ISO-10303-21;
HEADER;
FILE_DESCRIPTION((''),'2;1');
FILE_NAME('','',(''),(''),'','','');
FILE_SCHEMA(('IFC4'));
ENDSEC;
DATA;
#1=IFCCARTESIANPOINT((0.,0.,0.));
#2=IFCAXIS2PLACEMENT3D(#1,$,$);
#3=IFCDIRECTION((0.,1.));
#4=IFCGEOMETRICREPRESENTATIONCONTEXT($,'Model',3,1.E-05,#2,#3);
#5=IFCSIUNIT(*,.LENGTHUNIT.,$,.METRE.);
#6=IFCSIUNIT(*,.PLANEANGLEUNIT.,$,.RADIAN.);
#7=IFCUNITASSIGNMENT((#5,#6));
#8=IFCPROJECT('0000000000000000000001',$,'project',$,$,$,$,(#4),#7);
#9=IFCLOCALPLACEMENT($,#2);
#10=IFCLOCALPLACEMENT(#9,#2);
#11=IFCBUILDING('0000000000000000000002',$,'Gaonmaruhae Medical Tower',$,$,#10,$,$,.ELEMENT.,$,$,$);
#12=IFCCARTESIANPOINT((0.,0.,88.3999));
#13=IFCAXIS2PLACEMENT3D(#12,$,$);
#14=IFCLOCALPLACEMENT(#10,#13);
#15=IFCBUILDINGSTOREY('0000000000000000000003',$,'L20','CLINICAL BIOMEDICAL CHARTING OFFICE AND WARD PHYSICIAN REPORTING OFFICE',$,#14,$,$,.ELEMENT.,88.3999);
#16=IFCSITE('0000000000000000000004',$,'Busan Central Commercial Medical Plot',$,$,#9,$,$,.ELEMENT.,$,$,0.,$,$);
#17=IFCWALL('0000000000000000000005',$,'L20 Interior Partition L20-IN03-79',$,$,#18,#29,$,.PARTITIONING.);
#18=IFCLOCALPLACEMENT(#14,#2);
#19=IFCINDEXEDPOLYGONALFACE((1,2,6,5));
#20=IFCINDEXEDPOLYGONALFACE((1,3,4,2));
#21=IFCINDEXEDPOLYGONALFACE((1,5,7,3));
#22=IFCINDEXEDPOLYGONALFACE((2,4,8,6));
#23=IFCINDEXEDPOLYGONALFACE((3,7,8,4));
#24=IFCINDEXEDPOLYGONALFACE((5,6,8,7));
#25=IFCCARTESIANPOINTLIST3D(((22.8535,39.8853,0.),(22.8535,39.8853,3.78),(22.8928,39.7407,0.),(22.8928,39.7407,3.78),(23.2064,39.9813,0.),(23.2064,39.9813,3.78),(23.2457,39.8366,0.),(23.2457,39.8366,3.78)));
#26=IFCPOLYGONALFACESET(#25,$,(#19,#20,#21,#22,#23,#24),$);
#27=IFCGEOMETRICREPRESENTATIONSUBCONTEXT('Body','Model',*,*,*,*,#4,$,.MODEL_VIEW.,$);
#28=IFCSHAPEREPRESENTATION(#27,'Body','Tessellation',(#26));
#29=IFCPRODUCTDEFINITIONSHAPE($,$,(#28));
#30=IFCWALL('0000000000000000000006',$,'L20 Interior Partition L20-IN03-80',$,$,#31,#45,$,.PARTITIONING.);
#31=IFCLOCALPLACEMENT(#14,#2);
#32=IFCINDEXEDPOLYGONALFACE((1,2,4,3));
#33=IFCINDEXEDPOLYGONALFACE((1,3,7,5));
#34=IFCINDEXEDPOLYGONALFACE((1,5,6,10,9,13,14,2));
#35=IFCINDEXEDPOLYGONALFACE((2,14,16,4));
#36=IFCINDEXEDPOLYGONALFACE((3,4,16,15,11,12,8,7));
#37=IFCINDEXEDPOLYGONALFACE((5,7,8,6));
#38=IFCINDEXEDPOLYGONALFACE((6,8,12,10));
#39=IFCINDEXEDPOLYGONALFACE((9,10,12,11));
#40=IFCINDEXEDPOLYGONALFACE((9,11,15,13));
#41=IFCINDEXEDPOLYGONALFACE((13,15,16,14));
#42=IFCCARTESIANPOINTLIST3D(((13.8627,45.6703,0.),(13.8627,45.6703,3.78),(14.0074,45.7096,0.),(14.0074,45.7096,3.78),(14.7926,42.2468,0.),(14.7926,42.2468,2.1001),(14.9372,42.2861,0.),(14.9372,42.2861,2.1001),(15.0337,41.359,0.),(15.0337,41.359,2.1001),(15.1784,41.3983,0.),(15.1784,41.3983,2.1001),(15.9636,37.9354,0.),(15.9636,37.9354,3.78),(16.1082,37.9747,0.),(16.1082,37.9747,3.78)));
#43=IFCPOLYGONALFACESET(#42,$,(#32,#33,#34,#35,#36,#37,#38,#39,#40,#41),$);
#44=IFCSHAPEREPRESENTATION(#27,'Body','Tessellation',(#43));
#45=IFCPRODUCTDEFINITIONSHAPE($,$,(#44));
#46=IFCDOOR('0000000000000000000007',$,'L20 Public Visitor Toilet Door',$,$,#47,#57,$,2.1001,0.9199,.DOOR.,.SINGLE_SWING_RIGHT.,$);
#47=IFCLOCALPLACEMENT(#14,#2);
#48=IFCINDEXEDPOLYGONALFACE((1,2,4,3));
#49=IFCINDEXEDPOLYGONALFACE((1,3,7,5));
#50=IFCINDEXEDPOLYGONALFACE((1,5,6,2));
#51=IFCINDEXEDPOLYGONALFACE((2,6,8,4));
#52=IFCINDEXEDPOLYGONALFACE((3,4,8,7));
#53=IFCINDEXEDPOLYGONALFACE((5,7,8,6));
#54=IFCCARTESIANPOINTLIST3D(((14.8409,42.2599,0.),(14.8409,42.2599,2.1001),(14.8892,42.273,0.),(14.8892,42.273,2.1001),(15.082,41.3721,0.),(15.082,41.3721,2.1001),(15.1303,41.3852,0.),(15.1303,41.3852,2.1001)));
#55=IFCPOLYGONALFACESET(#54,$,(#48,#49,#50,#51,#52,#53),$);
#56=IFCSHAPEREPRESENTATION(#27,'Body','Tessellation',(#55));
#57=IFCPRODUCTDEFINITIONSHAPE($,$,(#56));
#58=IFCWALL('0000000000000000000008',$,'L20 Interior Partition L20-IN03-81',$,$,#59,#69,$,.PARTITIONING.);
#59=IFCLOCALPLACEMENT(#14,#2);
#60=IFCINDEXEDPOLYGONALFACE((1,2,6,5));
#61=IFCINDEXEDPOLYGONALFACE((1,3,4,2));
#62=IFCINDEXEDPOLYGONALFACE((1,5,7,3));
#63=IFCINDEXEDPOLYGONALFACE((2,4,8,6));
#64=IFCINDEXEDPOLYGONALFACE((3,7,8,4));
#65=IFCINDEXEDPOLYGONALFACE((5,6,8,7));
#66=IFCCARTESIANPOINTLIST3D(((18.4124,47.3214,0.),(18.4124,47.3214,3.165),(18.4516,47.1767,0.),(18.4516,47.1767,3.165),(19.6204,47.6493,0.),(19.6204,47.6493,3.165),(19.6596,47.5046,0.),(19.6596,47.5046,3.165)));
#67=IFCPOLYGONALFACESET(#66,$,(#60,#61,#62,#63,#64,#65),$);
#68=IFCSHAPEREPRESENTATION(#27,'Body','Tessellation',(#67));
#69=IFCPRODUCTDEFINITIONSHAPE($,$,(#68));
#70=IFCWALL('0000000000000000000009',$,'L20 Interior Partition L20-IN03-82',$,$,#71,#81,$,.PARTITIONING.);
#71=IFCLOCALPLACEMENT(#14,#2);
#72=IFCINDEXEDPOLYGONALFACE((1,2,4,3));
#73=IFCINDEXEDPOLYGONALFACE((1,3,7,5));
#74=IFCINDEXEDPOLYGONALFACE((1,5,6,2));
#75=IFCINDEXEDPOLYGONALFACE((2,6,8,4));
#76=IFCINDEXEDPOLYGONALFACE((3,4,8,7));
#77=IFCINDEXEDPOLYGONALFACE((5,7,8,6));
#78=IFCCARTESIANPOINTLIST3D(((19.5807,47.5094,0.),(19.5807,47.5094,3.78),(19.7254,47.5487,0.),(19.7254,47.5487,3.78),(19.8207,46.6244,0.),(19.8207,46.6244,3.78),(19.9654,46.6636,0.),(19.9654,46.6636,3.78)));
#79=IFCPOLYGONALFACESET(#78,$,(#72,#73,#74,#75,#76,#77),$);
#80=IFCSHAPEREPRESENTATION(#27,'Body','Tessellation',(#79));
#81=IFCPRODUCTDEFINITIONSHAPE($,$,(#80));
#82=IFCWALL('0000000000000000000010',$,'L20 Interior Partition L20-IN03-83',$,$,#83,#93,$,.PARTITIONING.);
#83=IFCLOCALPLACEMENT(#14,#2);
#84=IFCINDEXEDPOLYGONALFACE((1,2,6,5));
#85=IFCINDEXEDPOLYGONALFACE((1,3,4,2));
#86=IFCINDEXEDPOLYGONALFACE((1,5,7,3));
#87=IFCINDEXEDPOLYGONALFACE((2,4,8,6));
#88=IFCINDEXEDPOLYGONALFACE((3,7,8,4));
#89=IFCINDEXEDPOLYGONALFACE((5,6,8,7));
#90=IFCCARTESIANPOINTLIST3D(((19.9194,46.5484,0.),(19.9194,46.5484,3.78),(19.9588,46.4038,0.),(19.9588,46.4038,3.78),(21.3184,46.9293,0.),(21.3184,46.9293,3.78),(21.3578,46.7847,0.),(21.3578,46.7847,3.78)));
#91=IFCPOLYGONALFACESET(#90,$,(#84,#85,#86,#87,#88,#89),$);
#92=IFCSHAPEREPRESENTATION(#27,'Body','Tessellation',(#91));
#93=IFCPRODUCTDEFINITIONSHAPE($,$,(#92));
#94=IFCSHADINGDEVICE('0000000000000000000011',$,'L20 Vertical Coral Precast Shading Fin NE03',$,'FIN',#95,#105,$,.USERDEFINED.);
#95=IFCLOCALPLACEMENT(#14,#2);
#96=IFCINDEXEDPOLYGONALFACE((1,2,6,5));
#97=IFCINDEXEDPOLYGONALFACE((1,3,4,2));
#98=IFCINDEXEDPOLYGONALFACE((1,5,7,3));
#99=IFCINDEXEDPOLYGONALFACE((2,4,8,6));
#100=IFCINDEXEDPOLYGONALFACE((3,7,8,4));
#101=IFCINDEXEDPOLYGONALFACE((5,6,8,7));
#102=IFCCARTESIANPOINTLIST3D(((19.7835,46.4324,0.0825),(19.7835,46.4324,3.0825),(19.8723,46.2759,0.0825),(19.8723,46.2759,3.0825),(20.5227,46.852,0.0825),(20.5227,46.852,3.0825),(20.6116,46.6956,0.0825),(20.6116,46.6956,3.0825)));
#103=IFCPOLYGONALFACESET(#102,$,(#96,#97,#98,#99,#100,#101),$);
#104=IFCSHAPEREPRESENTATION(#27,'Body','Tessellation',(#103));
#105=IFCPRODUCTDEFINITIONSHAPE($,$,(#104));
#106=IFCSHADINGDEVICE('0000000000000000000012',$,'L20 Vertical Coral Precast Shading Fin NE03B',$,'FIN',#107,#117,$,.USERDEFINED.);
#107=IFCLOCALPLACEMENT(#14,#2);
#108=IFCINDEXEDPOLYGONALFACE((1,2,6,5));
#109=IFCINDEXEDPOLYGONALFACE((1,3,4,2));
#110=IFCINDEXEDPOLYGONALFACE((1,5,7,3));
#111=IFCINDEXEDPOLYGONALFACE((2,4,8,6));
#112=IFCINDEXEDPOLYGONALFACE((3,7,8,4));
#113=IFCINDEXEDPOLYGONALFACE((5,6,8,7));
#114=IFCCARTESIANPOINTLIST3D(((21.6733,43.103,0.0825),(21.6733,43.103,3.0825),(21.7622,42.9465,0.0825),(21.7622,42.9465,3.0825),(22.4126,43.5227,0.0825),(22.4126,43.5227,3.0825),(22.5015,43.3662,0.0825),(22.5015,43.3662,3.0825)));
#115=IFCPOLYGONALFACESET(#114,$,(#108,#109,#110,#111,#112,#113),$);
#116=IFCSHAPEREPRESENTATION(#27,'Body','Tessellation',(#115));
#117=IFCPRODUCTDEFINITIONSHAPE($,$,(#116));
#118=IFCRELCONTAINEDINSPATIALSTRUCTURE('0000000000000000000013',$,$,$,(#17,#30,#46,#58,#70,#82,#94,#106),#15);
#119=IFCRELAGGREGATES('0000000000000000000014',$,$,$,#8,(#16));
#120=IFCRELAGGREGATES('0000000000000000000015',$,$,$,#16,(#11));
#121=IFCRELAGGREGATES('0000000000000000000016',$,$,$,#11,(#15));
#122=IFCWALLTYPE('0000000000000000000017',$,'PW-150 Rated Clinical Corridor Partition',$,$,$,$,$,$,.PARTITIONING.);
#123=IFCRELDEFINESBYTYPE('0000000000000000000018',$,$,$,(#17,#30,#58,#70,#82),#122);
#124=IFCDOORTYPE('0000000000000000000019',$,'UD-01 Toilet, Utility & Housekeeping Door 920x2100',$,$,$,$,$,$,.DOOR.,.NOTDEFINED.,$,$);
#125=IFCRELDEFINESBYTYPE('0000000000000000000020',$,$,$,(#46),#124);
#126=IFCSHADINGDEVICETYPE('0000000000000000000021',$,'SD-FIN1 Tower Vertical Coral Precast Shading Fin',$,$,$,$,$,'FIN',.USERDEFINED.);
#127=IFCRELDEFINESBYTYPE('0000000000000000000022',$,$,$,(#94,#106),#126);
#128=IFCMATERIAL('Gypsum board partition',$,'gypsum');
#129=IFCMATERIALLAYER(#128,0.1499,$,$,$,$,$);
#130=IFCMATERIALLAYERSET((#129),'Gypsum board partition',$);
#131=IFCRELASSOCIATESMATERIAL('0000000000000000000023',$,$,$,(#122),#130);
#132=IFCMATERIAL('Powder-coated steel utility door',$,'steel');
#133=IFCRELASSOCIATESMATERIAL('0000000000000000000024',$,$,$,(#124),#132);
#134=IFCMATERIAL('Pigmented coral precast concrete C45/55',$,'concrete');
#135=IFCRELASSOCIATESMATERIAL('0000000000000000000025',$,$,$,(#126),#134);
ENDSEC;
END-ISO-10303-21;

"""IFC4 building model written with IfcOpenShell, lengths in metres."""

from ifc_helpers import new_model, si_unit, direction, frame, frame_2d, origin, origin_2d, place, context, subcontext, project, spatial, rectangle, extrude, material, layer, layer_set, type_object, element, fill, save


model = new_model("IFC4")

# Units and contexts
model_context = context("Model", 3, precision=1e-05, world=origin(), true_north=direction((0.0, 1.0)))
body_context = subcontext(model_context, "Body", "Model", "MODEL_VIEW")
ifc_project = project(units=[si_unit("LENGTHUNIT", "METRE"), si_unit("PLANEANGLEUNIT", "RADIAN")], contexts=[model_context])

# Site, building, storey
site_placement = place(None, origin())
site = spatial("IfcSite", under=ifc_project, at=site_placement, Name="Busan Central Commercial Medical Plot", CompositionType="ELEMENT", RefElevation=0.0)
building_placement = place(site_placement, origin())
building = spatial("IfcBuilding", under=site, at=building_placement, Name="Gaonmaruhae Medical Tower", CompositionType="ELEMENT")
storey_placement = place(building_placement, frame((0.0, 0.0, 88.3999)))
storey = spatial("IfcBuildingStorey", under=building, at=storey_placement, Name="L20", Description="CLINICAL BIOMEDICAL CHARTING OFFICE AND WARD PHYSICIAN REPORTING OFFICE", CompositionType="ELEMENT", Elevation=88.3999)

# Shared definitions
ifc_material_1 = material(Name="Gypsum board partition", Category="gypsum")
ifc_layer_1 = layer(ifc_material_1, 0.1499)
ifc_layer_set_1 = layer_set([ifc_layer_1], Name="Gypsum board partition")
wall_type_1 = type_object("IfcWallType", Name="PW-150 Rated Clinical Corridor Partition", PredefinedType="PARTITIONING", material=ifc_layer_set_1)

# Wall
wall_1_placement = place(storey_placement, frame((23.2261, 39.9089, 0.0), z_axis=(0.0, 0.0, 1.0), x_axis=(-0.964994, -0.26227, 0.0)))
element("IfcWall", 1, at=wall_1_placement, inside=storey, type_object=wall_type_1, Name="L20 Interior Partition L20-IN03-79", PredefinedType="PARTITIONING", context=body_context, shape_type="SweptSolid", body=[
    extrude(rectangle(XDim=0.3657, YDim=0.1499, at=frame_2d((0.1829, 0.0))), origin(), (0.0, 0.0, 1.0), 3.78),
])

# Wall, opening, door
wall_2_placement = place(storey_placement, frame((16.0359, 37.9551, 0.0), z_axis=(0.0, 0.0, 1.0), x_axis=(-0.26211, 0.965038, 0.0)))
wall_2 = element("IfcWall", 2, at=wall_2_placement, inside=storey, type_object=wall_type_1, Name="L20 Interior Partition L20-IN03-80", PredefinedType="PARTITIONING", context=body_context, shape_type="SweptSolid", body=[
    extrude(rectangle(XDim=8.0151, YDim=0.1499, at=frame_2d((4.0076, 0.0))), origin(), (0.0, 0.0, 1.0), 3.78),
])
opening_1_placement = place(wall_2_placement, frame((3.5476, 0.0, 0.0)))
opening_1 = element("IfcOpeningElement", 3, at=opening_1_placement, cuts=wall_2, PredefinedType="OPENING", context=body_context, shape_type="SweptSolid", body=[
    extrude(rectangle(XDim=0.9199, YDim=2.1001, at=frame_2d((0.46, 1.05))), frame((0.0, 0.085, 0.0), z_axis=(0.0, -1.0, 0.0), x_axis=(1.0, 0.0, 0.0)), (0.0, 0.0, 1.0), 0.1699),
])
ifc_material_2 = material(Name="Powder-coated steel utility door", Category="steel")
door_type_1 = type_object("IfcDoorType", Name="UD-01 Toilet, Utility & Housekeeping Door 920x2100", OperationType="NOTDEFINED", PredefinedType="DOOR", material=ifc_material_2)
door_1_placement = place(opening_1_placement, origin())
door_1 = element("IfcDoor", 4, at=door_1_placement, inside=storey, type_object=door_type_1, Name="L20 Public Visitor Toilet Door", OperationType="SINGLE_SWING_RIGHT", OverallHeight=2.1001, OverallWidth=0.9199, PredefinedType="DOOR", context=body_context, shape_type="SweptSolid", body=[
    extrude(rectangle(XDim=0.9199, YDim=2.1001, at=frame_2d((0.46, 1.05))), frame((0.0, 0.0249, 0.0), z_axis=(0.0, -1.0, 0.0), x_axis=(1.0, 0.0, 0.0)), (0.0, 0.0, 1.0), 0.05),
])
fill(opening_1, door_1)

# Walls
wall_3_placement = place(storey_placement, frame((18.4319, 47.249, 0.0), z_axis=(0.0, 0.0, 1.0), x_axis=(0.965083, 0.261945, 0.0)))
element("IfcWall", 5, at=wall_3_placement, inside=storey, type_object=wall_type_1, Name="L20 Interior Partition L20-IN03-81", PredefinedType="PARTITIONING", context=body_context, shape_type="SweptSolid", body=[
    extrude(rectangle(XDim=1.2517, YDim=0.1499, at=frame_2d((0.626, 0.0))), origin(), (0.0, 0.0, 1.0), 3.165),
])
wall_4_placement = place(storey_placement, frame((19.6531, 47.5291, 0.0), z_axis=(0.0, 0.0, 1.0), x_axis=(0.26172, -0.965144, 0.0)))
element("IfcWall", 6, at=wall_4_placement, inside=storey, type_object=wall_type_1, Name="L20 Interior Partition L20-IN03-82", PredefinedType="PARTITIONING", context=body_context, shape_type="SweptSolid", body=[
    extrude(rectangle(XDim=0.917, YDim=0.1499, at=frame_2d((0.4585, 0.0))), origin(), (0.0, 0.0, 1.0), 3.78),
])
wall_5_placement = place(storey_placement, frame((19.939, 46.4761, 0.0), z_axis=(0.0, 0.0, 1.0), x_axis=(0.96488, 0.26269, 0.0)))
element("IfcWall", 7, at=wall_5_placement, inside=storey, type_object=wall_type_1, Name="L20 Interior Partition L20-IN03-83", PredefinedType="PARTITIONING", context=body_context, shape_type="SweptSolid", body=[
    extrude(rectangle(XDim=1.45, YDim=0.1499, at=frame_2d((0.7251, 0.0))), origin(), (0.0, 0.0, 1.0), 3.78),
])

# Shading devices
ifc_material_3 = material(Name="Pigmented coral precast concrete C45/55", Category="concrete")
shading_device_type = type_object("IfcShadingDeviceType", Name="SD-FIN1 Tower Vertical Coral Precast Shading Fin", ElementType="FIN", PredefinedType="USERDEFINED", material=ifc_material_3)
for number, where, z_axis, x_axis, name in (
    (8, (20.1975, 46.564, 0.0825), (0.0, 0.0, 1.0), (0.493669, -0.86965, 0.0), "L20 Vertical Coral Precast Shading Fin NE03"),
    (9, (22.0874, 43.2346, 0.0825), (0.0, 0.0, 1.0), (0.493669, -0.86965, 0.0), "L20 Vertical Coral Precast Shading Fin NE03B"),
):
    element("IfcShadingDevice", number, at=place(storey_placement, frame(where, z_axis=z_axis, x_axis=x_axis)), inside=storey, type_object=shading_device_type, Name=name, ObjectType="FIN", PredefinedType="USERDEFINED", context=body_context, shape_type="SweptSolid", body=[
        extrude(rectangle(XDim=0.1799, YDim=0.8501, at=origin_2d()), origin(), (0.0, 0.0, 1.0), 3.0),
    ])

save(model, "model.ifc")
